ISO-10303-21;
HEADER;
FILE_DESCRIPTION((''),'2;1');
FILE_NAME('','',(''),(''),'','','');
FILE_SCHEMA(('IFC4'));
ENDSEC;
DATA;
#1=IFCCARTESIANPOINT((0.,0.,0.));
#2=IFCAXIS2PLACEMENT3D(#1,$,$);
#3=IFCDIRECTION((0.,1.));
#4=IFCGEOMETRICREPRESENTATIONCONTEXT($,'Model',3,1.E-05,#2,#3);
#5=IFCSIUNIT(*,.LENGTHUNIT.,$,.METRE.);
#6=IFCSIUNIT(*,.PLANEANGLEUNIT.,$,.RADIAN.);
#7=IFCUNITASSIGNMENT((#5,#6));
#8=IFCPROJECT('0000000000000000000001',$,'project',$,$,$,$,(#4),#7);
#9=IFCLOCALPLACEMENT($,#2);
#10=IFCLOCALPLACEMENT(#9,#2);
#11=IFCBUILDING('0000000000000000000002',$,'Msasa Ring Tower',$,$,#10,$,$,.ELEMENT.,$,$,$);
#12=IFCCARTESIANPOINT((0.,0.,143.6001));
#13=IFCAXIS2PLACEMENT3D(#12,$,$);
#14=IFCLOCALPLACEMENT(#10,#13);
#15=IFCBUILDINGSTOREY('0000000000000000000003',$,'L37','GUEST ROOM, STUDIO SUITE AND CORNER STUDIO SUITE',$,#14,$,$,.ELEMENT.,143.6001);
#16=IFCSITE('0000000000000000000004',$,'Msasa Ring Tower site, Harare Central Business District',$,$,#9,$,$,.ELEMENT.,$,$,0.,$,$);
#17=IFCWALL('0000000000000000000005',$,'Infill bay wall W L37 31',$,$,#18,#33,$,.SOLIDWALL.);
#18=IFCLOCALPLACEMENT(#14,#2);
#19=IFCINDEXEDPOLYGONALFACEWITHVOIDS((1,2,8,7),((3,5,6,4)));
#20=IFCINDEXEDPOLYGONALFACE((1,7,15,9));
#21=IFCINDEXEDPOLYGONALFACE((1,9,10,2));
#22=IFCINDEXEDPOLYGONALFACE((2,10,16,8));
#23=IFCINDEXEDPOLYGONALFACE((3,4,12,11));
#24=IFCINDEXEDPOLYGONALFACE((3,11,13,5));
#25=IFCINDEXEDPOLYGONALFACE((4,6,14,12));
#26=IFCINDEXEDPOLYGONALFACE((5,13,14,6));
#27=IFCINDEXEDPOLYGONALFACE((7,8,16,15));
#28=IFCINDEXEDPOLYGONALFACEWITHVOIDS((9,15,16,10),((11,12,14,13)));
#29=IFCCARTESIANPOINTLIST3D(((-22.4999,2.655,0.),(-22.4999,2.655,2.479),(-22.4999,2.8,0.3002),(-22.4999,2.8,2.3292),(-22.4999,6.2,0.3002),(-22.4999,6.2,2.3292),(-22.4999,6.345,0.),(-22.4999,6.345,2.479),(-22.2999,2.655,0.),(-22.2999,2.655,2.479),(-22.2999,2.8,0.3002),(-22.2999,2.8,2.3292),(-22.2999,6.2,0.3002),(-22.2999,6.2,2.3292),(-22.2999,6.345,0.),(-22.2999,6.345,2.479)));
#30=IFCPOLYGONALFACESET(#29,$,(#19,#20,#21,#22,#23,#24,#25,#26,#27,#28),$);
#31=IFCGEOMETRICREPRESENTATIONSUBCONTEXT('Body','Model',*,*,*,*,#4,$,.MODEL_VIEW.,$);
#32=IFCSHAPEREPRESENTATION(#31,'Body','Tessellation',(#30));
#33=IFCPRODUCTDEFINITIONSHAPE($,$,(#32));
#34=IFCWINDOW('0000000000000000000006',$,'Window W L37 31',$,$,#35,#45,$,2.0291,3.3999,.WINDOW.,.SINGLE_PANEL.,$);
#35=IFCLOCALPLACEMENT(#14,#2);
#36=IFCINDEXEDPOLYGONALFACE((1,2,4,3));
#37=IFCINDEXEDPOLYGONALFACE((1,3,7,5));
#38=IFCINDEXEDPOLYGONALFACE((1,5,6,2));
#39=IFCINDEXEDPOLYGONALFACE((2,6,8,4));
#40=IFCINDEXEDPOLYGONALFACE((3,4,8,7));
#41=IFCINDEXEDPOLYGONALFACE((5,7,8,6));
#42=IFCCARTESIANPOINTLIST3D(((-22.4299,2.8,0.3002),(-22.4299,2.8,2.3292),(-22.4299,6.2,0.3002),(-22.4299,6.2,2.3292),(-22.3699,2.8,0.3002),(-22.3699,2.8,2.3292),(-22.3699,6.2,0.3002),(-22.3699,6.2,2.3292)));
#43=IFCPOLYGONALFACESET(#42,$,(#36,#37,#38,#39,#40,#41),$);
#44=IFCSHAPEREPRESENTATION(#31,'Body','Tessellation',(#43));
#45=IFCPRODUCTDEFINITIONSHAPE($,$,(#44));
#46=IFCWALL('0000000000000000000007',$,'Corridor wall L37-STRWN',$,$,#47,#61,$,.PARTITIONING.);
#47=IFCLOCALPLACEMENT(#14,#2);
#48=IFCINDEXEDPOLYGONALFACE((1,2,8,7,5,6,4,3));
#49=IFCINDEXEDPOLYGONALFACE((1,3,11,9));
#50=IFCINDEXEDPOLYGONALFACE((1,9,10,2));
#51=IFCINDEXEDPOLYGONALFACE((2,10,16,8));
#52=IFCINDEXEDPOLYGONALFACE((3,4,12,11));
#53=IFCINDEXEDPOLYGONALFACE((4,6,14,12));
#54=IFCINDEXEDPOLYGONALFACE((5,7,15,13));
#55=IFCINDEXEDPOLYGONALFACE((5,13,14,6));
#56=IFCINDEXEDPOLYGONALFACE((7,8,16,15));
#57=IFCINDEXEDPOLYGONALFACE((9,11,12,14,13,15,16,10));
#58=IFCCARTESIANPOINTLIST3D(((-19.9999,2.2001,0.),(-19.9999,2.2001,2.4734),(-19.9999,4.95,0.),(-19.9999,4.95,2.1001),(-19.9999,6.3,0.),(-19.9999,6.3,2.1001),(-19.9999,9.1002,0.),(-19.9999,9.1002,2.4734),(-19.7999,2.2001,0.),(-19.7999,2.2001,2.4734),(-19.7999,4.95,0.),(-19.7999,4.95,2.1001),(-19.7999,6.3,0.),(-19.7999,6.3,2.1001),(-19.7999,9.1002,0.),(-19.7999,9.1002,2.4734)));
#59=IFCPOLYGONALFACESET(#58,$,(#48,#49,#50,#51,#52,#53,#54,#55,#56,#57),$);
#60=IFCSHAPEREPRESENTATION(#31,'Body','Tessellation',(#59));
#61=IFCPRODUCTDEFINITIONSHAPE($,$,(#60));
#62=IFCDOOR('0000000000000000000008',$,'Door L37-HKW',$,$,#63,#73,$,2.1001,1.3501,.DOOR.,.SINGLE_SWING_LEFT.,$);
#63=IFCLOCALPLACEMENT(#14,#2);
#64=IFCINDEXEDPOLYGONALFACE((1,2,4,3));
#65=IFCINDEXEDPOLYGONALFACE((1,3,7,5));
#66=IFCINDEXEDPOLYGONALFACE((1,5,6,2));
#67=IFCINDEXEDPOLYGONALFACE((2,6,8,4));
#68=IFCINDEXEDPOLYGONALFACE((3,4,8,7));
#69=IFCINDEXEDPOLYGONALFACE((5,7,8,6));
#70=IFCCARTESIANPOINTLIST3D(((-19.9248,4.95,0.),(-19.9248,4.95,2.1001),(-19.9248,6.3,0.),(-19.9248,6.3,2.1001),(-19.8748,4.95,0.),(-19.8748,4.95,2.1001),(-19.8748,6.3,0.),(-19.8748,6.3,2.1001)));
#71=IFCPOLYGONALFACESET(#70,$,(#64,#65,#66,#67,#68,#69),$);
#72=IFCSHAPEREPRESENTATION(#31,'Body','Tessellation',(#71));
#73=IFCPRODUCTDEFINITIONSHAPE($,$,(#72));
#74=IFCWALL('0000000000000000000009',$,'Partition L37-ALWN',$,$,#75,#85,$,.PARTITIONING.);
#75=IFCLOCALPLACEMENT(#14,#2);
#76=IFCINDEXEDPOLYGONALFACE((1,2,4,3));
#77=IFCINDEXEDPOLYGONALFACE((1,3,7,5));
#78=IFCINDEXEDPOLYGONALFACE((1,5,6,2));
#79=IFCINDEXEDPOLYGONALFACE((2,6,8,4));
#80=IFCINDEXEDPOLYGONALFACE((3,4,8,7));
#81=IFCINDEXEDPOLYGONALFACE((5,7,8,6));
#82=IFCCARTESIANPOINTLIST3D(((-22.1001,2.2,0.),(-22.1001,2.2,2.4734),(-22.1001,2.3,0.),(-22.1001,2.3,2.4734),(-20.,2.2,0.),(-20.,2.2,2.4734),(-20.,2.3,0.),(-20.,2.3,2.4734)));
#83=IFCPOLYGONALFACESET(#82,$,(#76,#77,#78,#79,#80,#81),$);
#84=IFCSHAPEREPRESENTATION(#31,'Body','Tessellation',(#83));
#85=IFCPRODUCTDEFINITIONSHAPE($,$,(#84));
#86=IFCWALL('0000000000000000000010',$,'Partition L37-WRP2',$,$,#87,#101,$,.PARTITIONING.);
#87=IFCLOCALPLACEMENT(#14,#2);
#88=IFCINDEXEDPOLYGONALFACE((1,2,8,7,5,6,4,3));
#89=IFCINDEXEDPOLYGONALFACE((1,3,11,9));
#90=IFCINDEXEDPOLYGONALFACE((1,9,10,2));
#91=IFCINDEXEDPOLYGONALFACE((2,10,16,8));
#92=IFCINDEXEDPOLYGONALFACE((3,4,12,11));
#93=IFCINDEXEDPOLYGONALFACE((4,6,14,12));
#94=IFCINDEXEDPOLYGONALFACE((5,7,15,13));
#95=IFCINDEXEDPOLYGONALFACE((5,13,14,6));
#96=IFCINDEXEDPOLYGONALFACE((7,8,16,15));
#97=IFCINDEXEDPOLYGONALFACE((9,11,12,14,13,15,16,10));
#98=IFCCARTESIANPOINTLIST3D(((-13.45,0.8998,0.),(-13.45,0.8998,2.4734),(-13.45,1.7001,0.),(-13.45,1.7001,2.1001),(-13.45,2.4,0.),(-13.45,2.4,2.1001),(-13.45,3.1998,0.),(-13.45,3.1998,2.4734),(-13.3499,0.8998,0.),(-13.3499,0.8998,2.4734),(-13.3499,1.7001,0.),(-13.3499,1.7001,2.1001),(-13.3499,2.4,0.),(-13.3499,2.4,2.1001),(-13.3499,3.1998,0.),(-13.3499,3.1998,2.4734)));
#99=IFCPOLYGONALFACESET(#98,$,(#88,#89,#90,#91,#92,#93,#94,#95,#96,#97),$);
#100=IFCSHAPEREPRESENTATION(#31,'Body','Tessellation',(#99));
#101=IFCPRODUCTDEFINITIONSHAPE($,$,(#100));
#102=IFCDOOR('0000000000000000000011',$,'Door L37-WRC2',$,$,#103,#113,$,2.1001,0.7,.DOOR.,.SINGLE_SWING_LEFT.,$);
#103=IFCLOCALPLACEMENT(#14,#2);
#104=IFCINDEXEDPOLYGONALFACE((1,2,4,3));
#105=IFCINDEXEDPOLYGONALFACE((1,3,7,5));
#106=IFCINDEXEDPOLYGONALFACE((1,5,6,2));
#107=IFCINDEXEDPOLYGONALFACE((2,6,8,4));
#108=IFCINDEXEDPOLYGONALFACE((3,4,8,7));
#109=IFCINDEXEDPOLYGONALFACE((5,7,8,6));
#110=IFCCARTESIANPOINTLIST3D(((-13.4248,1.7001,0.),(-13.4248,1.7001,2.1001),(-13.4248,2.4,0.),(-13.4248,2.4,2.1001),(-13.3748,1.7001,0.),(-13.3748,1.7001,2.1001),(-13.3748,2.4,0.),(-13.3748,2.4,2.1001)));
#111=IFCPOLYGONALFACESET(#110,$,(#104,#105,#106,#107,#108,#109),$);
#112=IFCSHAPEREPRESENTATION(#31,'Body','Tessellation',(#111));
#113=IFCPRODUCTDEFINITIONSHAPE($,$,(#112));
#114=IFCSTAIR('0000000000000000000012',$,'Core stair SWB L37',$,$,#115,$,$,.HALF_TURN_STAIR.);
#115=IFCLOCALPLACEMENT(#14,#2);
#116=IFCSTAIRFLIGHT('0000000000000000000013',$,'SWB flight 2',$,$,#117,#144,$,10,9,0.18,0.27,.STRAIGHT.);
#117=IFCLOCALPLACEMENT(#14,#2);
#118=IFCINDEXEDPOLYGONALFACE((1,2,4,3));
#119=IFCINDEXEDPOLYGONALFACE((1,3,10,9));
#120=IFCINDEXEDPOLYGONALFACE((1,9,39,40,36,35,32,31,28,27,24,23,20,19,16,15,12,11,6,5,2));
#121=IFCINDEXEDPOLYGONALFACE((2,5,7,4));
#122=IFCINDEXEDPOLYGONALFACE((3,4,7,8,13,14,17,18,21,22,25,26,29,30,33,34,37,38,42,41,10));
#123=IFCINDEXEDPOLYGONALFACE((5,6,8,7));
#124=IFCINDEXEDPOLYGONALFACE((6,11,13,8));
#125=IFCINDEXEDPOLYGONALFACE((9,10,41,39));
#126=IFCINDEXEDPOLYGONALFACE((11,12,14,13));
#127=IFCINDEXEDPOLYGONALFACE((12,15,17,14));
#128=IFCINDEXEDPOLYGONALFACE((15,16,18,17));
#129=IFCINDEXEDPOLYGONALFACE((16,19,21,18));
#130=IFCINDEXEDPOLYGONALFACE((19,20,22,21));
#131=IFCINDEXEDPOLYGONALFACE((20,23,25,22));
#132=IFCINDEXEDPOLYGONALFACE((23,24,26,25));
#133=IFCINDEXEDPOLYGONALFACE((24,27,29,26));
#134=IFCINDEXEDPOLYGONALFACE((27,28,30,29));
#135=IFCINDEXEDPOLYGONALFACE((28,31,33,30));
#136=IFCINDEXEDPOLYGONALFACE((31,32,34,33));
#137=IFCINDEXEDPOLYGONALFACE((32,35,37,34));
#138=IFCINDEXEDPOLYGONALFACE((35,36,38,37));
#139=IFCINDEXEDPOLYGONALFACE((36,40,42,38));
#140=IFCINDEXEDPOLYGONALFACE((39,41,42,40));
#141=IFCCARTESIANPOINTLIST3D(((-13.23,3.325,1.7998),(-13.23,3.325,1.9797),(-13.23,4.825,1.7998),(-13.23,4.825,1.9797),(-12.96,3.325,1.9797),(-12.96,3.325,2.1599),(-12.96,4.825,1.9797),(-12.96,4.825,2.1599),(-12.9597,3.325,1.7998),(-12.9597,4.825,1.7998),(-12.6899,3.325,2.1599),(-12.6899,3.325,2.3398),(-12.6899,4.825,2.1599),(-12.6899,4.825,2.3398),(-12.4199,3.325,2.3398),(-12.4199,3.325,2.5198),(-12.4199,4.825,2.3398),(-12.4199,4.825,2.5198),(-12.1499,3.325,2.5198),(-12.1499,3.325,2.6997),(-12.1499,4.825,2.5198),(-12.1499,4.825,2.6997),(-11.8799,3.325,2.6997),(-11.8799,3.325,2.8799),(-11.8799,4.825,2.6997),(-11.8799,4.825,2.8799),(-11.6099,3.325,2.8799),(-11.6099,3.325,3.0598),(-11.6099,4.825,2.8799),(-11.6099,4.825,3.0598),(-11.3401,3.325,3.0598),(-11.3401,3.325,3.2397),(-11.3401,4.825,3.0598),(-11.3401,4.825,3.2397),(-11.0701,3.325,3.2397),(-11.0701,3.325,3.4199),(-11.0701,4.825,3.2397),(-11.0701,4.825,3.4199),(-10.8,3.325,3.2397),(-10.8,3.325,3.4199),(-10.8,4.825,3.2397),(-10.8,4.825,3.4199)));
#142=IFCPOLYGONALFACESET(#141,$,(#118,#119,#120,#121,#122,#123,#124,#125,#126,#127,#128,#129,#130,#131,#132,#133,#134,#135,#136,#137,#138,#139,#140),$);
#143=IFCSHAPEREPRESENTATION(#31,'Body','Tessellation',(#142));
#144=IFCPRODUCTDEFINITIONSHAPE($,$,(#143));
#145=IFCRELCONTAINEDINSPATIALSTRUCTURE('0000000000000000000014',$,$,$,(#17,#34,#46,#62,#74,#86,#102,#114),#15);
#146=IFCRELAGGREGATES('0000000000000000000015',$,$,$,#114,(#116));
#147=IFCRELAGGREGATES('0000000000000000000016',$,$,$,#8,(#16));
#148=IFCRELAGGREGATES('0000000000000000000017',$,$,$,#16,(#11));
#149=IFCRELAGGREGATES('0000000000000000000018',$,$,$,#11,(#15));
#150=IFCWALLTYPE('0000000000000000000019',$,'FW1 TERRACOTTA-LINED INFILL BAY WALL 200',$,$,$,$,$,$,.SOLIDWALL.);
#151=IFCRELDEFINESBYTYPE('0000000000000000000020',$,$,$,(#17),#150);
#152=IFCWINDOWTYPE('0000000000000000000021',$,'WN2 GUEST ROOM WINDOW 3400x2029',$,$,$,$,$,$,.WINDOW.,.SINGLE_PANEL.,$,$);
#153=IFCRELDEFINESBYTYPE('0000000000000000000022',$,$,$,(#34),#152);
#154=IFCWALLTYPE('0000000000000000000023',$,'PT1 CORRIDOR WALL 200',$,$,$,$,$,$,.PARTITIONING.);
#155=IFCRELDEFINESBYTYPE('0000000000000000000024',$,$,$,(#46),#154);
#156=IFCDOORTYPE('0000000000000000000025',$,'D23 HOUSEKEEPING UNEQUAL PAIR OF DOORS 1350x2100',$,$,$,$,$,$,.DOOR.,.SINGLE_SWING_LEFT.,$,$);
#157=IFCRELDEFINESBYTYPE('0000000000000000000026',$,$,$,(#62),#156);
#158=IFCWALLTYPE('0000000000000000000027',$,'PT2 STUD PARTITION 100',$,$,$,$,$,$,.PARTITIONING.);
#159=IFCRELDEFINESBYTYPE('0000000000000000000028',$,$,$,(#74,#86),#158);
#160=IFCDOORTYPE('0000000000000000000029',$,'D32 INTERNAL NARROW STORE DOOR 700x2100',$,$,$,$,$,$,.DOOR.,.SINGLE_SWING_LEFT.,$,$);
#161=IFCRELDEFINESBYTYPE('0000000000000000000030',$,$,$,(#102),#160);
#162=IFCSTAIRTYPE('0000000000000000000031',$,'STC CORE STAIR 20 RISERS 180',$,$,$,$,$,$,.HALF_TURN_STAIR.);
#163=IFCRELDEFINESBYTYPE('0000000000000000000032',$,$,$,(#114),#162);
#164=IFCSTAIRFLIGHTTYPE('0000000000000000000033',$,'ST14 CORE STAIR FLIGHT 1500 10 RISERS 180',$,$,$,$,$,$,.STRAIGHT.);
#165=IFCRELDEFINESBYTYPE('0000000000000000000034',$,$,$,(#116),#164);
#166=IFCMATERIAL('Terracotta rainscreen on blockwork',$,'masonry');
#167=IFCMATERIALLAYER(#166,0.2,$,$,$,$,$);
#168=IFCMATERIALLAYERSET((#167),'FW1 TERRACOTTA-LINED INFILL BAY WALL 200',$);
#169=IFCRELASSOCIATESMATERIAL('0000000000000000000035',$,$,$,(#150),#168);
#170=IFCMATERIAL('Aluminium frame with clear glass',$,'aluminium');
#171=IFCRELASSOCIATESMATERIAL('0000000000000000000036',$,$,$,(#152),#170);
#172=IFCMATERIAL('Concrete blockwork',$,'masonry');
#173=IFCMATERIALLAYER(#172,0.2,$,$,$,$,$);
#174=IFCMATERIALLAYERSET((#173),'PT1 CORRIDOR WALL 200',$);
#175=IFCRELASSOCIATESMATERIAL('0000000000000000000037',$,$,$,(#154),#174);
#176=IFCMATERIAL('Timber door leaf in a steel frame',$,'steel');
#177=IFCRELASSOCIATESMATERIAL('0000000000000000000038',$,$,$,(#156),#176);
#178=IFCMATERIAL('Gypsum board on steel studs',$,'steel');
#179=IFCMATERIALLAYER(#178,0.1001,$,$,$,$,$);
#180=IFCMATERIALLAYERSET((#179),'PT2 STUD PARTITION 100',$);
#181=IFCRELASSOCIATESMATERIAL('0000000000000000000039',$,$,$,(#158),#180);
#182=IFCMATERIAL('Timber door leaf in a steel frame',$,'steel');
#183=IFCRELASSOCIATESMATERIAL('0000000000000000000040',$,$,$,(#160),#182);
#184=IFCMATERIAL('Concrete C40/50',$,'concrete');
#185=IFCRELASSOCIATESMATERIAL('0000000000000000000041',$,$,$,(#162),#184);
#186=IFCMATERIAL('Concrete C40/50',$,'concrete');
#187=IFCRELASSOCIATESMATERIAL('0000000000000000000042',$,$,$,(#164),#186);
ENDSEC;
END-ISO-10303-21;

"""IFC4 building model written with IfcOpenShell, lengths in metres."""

from ifc_helpers import new_model, si_unit, direction, frame, frame_2d, origin, place, context, subcontext, project, spatial, polyline, rectangle, outline, extrude, material, layer, layer_set, type_object, element, fill, aggregate, save


model = new_model("IFC4")

# Units and contexts
model_context = context("Model", 3, precision=1e-05, world=origin(), true_north=direction((0.0, 1.0)))
body_context = subcontext(model_context, "Body", "Model", "MODEL_VIEW")
ifc_project = project(units=[si_unit("LENGTHUNIT", "METRE"), si_unit("PLANEANGLEUNIT", "RADIAN")], contexts=[model_context])

# Site, building, storey
site_placement = place(None, origin())
site = spatial("IfcSite", under=ifc_project, at=site_placement, Name="Msasa Ring Tower site, Harare Central Business District", CompositionType="ELEMENT", RefElevation=0.0)
building_placement = place(site_placement, origin())
building = spatial("IfcBuilding", under=site, at=building_placement, Name="Msasa Ring Tower", CompositionType="ELEMENT")
storey_placement = place(building_placement, frame((0.0, 0.0, 143.6001)))
storey = spatial("IfcBuildingStorey", under=building, at=storey_placement, Name="L37", Description="GUEST ROOM, STUDIO SUITE AND CORNER STUDIO SUITE", CompositionType="ELEMENT", Elevation=143.6001)

# Wall, opening, window
ifc_material_1 = material(Name="Terracotta rainscreen on blockwork", Category="masonry")
ifc_layer_1 = layer(ifc_material_1, 0.2)
ifc_layer_set_1 = layer_set([ifc_layer_1], Name="FW1 TERRACOTTA-LINED INFILL BAY WALL 200")
wall_type_1 = type_object("IfcWallType", Name="FW1 TERRACOTTA-LINED INFILL BAY WALL 200", PredefinedType="SOLIDWALL", material=ifc_layer_set_1)
wall_1_placement = place(storey_placement, frame((-22.3999, 2.655, 0.0), z_axis=(0.0, 0.0, 1.0), x_axis=(0.0, 1.0, 0.0)))
wall_1 = element("IfcWall", 1, at=wall_1_placement, inside=storey, type_object=wall_type_1, Name="Infill bay wall W L37 31", PredefinedType="SOLIDWALL", context=body_context, shape_type="SweptSolid", body=[
    extrude(rectangle(XDim=3.6899, YDim=0.2, at=frame_2d((1.845, 0.0))), origin(), (0.0, 0.0, 1.0), 2.479),
])
opening_1_placement = place(wall_1_placement, frame((0.145, 0.0, 0.3)))
opening_1 = element("IfcOpeningElement", 2, at=opening_1_placement, cuts=wall_1, PredefinedType="OPENING", context=body_context, shape_type="SweptSolid", body=[
    extrude(rectangle(XDim=3.3999, YDim=2.0291, at=frame_2d((1.7, 1.0146))), frame((0.0, 0.1099, 0.0), z_axis=(0.0, -1.0, 0.0), x_axis=(1.0, 0.0, 0.0)), (0.0, 0.0, 1.0), 0.22),
])
ifc_material_2 = material(Name="Aluminium frame with clear glass", Category="aluminium")
window_type = type_object("IfcWindowType", Name="WN2 GUEST ROOM WINDOW 3400x2029", PartitioningType="SINGLE_PANEL", PredefinedType="WINDOW", material=ifc_material_2)
window_placement = place(opening_1_placement, origin())
window = element("IfcWindow", 3, at=window_placement, inside=storey, type_object=window_type, Name="Window W L37 31", OverallHeight=2.0291, OverallWidth=3.3999, PartitioningType="SINGLE_PANEL", PredefinedType="WINDOW", context=body_context, shape_type="SweptSolid", body=[
    extrude(rectangle(XDim=3.3999, YDim=2.0291, at=frame_2d((1.7, 1.0146))), frame((0.0, 0.03, 0.0), z_axis=(0.0, -1.0, 0.0), x_axis=(1.0, 0.0, 0.0)), (0.0, 0.0, 1.0), 0.0601),
])
fill(opening_1, window)

# Wall, opening, door
ifc_material_3 = material(Name="Concrete blockwork", Category="masonry")
ifc_layer_2 = layer(ifc_material_3, 0.2)
ifc_layer_set_2 = layer_set([ifc_layer_2], Name="PT1 CORRIDOR WALL 200")
wall_type_2 = type_object("IfcWallType", Name="PT1 CORRIDOR WALL 200", PredefinedType="PARTITIONING", material=ifc_layer_set_2)
wall_2_placement = place(storey_placement, frame((-19.8999, 2.2, 0.0), z_axis=(0.0, 0.0, 1.0), x_axis=(0.0, 1.0, 0.0)))
wall_2 = element("IfcWall", 4, at=wall_2_placement, inside=storey, type_object=wall_type_2, Name="Corridor wall L37-STRWN", PredefinedType="PARTITIONING", context=body_context, shape_type="SweptSolid", body=[
    extrude(rectangle(XDim=6.9001, YDim=0.2, at=frame_2d((3.4502, 0.0))), origin(), (0.0, 0.0, 1.0), 2.4734),
])
opening_2_placement = place(wall_2_placement, frame((2.75, 0.0, 0.0)))
opening_2 = element("IfcOpeningElement", 5, at=opening_2_placement, cuts=wall_2, PredefinedType="OPENING", context=body_context, shape_type="SweptSolid", body=[
    extrude(rectangle(XDim=1.3501, YDim=2.1001, at=frame_2d((0.675, 1.05))), frame((0.0, 0.1099, 0.0), z_axis=(0.0, -1.0, 0.0), x_axis=(1.0, 0.0, 0.0)), (0.0, 0.0, 1.0), 0.22),
])
ifc_material_4 = material(Name="Timber door leaf in a steel frame", Category="steel")
door_type_1 = type_object("IfcDoorType", Name="D23 HOUSEKEEPING UNEQUAL PAIR OF DOORS 1350x2100", OperationType="SINGLE_SWING_LEFT", PredefinedType="DOOR", material=ifc_material_4)
door_1_placement = place(opening_2_placement, origin())
door_1 = element("IfcDoor", 6, at=door_1_placement, inside=storey, type_object=door_type_1, Name="Door L37-HKW", OperationType="SINGLE_SWING_LEFT", OverallHeight=2.1001, OverallWidth=1.3501, PredefinedType="DOOR", context=body_context, shape_type="SweptSolid", body=[
    extrude(rectangle(XDim=1.3501, YDim=2.1001, at=frame_2d((0.675, 1.05))), frame((0.0, 0.0249, 0.0), z_axis=(0.0, -1.0, 0.0), x_axis=(1.0, 0.0, 0.0)), (0.0, 0.0, 1.0), 0.05),
])
fill(opening_2, door_1)

# Wall
ifc_material_5 = material(Name="Gypsum board on steel studs", Category="steel")
ifc_layer_3 = layer(ifc_material_5, 0.1001)
ifc_layer_set_3 = layer_set([ifc_layer_3], Name="PT2 STUD PARTITION 100")
wall_type_3 = type_object("IfcWallType", Name="PT2 STUD PARTITION 100", PredefinedType="PARTITIONING", material=ifc_layer_set_3)
wall_3_placement = place(storey_placement, frame((-22.1001, 2.25, 0.0), z_axis=(0.0, 0.0, 1.0), x_axis=(1.0, 0.0, 0.0)))
element("IfcWall", 7, at=wall_3_placement, inside=storey, type_object=wall_type_3, Name="Partition L37-ALWN", PredefinedType="PARTITIONING", context=body_context, shape_type="SweptSolid", body=[
    extrude(rectangle(XDim=2.1001, YDim=0.1001, at=frame_2d((1.05, 0.0))), origin(), (0.0, 0.0, 1.0), 2.4734),
])

# Wall, opening, door
wall_4_placement = place(storey_placement, frame((-13.3999, 0.8999, 0.0), z_axis=(0.0, 0.0, 1.0), x_axis=(0.0, 1.0, 0.0)))
wall_4 = element("IfcWall", 8, at=wall_4_placement, inside=storey, type_object=wall_type_3, Name="Partition L37-WRP2", PredefinedType="PARTITIONING", context=body_context, shape_type="SweptSolid", body=[
    extrude(rectangle(XDim=2.3, YDim=0.1001, at=frame_2d((1.1499, 0.0))), origin(), (0.0, 0.0, 1.0), 2.4734),
])
opening_3_placement = place(wall_4_placement, frame((0.8, 0.0, 0.0)))
opening_3 = element("IfcOpeningElement", 9, at=opening_3_placement, cuts=wall_4, PredefinedType="OPENING", context=body_context, shape_type="SweptSolid", body=[
    extrude(rectangle(XDim=0.7, YDim=2.1001, at=frame_2d((0.3501, 1.05))), frame((0.0, 0.0601, 0.0), z_axis=(0.0, -1.0, 0.0), x_axis=(1.0, 0.0, 0.0)), (0.0, 0.0, 1.0), 0.1201),
])
ifc_material_6 = material(Name="Timber door leaf in a steel frame", Category="steel")
door_type_2 = type_object("IfcDoorType", Name="D32 INTERNAL NARROW STORE DOOR 700x2100", OperationType="SINGLE_SWING_LEFT", PredefinedType="DOOR", material=ifc_material_6)
door_2_placement = place(opening_3_placement, origin())
door_2 = element("IfcDoor", 10, at=door_2_placement, inside=storey, type_object=door_type_2, Name="Door L37-WRC2", OperationType="SINGLE_SWING_LEFT", OverallHeight=2.1001, OverallWidth=0.7, PredefinedType="DOOR", context=body_context, shape_type="SweptSolid", body=[
    extrude(rectangle(XDim=0.7, YDim=2.1001, at=frame_2d((0.3501, 1.05))), frame((0.0, 0.0249, 0.0), z_axis=(0.0, -1.0, 0.0), x_axis=(1.0, 0.0, 0.0)), (0.0, 0.0, 1.0), 0.05),
])
fill(opening_3, door_2)

# Stair, stair flight
ifc_material_7 = material(Name="Concrete C40/50", Category="concrete")
stair_type = type_object("IfcStairType", Name="STC CORE STAIR 20 RISERS 180", PredefinedType="HALF_TURN_STAIR", material=ifc_material_7)
stair_placement = place(storey_placement, origin())
stair = element("IfcStair", 11, at=stair_placement, inside=storey, type_object=stair_type, Name="Core stair SWB L37", PredefinedType="HALF_TURN_STAIR")
ifc_material_8 = material(Name="Concrete C40/50", Category="concrete")
stair_flight_type = type_object("IfcStairFlightType", Name="ST14 CORE STAIR FLIGHT 1500 10 RISERS 180", PredefinedType="STRAIGHT", material=ifc_material_8)
stair_flight_placement = place(storey_placement, frame((-13.23, 4.075, 1.7998), z_axis=(0.0, 0.0, 1.0), x_axis=(1.0, 0.0, 0.0)))
stair_flight = element("IfcStairFlight", 12, at=stair_flight_placement, type_object=stair_flight_type, Name="SWB flight 2", NumberOfRisers=10, NumberOfTreads=9, PredefinedType="STRAIGHT", RiserHeight=0.18, TreadLength=0.27, context=body_context, shape_type="SweptSolid", body=[
    extrude(outline(polyline([(0.0, 0.0), (0.0, 0.1799), (0.27, 0.1799), (0.27, 0.3601), (0.54, 0.3601), (0.54, 0.54), (0.8101, 0.54), (0.8101, 0.72), (1.0801, 0.72), (1.0801, 0.8999), (1.3501, 0.8999), (1.3501, 1.0801), (1.6201, 1.0801), (1.6201, 1.26), (1.8899, 1.26), (1.8899, 1.4399), (2.1599, 1.4399), (2.1599, 1.6201), (2.4299, 1.6201), (2.4299, 1.8), (2.4299, 1.4399), (0.2703, 0.0), (0.0, 0.0)])), frame((0.0, 0.75, 0.0), z_axis=(0.0, -1.0, 0.0), x_axis=(1.0, 0.0, 0.0)), (0.0, 0.0, 1.0), 1.5),
])
aggregate(stair, [stair_flight])

save(model, "model.ifc")
